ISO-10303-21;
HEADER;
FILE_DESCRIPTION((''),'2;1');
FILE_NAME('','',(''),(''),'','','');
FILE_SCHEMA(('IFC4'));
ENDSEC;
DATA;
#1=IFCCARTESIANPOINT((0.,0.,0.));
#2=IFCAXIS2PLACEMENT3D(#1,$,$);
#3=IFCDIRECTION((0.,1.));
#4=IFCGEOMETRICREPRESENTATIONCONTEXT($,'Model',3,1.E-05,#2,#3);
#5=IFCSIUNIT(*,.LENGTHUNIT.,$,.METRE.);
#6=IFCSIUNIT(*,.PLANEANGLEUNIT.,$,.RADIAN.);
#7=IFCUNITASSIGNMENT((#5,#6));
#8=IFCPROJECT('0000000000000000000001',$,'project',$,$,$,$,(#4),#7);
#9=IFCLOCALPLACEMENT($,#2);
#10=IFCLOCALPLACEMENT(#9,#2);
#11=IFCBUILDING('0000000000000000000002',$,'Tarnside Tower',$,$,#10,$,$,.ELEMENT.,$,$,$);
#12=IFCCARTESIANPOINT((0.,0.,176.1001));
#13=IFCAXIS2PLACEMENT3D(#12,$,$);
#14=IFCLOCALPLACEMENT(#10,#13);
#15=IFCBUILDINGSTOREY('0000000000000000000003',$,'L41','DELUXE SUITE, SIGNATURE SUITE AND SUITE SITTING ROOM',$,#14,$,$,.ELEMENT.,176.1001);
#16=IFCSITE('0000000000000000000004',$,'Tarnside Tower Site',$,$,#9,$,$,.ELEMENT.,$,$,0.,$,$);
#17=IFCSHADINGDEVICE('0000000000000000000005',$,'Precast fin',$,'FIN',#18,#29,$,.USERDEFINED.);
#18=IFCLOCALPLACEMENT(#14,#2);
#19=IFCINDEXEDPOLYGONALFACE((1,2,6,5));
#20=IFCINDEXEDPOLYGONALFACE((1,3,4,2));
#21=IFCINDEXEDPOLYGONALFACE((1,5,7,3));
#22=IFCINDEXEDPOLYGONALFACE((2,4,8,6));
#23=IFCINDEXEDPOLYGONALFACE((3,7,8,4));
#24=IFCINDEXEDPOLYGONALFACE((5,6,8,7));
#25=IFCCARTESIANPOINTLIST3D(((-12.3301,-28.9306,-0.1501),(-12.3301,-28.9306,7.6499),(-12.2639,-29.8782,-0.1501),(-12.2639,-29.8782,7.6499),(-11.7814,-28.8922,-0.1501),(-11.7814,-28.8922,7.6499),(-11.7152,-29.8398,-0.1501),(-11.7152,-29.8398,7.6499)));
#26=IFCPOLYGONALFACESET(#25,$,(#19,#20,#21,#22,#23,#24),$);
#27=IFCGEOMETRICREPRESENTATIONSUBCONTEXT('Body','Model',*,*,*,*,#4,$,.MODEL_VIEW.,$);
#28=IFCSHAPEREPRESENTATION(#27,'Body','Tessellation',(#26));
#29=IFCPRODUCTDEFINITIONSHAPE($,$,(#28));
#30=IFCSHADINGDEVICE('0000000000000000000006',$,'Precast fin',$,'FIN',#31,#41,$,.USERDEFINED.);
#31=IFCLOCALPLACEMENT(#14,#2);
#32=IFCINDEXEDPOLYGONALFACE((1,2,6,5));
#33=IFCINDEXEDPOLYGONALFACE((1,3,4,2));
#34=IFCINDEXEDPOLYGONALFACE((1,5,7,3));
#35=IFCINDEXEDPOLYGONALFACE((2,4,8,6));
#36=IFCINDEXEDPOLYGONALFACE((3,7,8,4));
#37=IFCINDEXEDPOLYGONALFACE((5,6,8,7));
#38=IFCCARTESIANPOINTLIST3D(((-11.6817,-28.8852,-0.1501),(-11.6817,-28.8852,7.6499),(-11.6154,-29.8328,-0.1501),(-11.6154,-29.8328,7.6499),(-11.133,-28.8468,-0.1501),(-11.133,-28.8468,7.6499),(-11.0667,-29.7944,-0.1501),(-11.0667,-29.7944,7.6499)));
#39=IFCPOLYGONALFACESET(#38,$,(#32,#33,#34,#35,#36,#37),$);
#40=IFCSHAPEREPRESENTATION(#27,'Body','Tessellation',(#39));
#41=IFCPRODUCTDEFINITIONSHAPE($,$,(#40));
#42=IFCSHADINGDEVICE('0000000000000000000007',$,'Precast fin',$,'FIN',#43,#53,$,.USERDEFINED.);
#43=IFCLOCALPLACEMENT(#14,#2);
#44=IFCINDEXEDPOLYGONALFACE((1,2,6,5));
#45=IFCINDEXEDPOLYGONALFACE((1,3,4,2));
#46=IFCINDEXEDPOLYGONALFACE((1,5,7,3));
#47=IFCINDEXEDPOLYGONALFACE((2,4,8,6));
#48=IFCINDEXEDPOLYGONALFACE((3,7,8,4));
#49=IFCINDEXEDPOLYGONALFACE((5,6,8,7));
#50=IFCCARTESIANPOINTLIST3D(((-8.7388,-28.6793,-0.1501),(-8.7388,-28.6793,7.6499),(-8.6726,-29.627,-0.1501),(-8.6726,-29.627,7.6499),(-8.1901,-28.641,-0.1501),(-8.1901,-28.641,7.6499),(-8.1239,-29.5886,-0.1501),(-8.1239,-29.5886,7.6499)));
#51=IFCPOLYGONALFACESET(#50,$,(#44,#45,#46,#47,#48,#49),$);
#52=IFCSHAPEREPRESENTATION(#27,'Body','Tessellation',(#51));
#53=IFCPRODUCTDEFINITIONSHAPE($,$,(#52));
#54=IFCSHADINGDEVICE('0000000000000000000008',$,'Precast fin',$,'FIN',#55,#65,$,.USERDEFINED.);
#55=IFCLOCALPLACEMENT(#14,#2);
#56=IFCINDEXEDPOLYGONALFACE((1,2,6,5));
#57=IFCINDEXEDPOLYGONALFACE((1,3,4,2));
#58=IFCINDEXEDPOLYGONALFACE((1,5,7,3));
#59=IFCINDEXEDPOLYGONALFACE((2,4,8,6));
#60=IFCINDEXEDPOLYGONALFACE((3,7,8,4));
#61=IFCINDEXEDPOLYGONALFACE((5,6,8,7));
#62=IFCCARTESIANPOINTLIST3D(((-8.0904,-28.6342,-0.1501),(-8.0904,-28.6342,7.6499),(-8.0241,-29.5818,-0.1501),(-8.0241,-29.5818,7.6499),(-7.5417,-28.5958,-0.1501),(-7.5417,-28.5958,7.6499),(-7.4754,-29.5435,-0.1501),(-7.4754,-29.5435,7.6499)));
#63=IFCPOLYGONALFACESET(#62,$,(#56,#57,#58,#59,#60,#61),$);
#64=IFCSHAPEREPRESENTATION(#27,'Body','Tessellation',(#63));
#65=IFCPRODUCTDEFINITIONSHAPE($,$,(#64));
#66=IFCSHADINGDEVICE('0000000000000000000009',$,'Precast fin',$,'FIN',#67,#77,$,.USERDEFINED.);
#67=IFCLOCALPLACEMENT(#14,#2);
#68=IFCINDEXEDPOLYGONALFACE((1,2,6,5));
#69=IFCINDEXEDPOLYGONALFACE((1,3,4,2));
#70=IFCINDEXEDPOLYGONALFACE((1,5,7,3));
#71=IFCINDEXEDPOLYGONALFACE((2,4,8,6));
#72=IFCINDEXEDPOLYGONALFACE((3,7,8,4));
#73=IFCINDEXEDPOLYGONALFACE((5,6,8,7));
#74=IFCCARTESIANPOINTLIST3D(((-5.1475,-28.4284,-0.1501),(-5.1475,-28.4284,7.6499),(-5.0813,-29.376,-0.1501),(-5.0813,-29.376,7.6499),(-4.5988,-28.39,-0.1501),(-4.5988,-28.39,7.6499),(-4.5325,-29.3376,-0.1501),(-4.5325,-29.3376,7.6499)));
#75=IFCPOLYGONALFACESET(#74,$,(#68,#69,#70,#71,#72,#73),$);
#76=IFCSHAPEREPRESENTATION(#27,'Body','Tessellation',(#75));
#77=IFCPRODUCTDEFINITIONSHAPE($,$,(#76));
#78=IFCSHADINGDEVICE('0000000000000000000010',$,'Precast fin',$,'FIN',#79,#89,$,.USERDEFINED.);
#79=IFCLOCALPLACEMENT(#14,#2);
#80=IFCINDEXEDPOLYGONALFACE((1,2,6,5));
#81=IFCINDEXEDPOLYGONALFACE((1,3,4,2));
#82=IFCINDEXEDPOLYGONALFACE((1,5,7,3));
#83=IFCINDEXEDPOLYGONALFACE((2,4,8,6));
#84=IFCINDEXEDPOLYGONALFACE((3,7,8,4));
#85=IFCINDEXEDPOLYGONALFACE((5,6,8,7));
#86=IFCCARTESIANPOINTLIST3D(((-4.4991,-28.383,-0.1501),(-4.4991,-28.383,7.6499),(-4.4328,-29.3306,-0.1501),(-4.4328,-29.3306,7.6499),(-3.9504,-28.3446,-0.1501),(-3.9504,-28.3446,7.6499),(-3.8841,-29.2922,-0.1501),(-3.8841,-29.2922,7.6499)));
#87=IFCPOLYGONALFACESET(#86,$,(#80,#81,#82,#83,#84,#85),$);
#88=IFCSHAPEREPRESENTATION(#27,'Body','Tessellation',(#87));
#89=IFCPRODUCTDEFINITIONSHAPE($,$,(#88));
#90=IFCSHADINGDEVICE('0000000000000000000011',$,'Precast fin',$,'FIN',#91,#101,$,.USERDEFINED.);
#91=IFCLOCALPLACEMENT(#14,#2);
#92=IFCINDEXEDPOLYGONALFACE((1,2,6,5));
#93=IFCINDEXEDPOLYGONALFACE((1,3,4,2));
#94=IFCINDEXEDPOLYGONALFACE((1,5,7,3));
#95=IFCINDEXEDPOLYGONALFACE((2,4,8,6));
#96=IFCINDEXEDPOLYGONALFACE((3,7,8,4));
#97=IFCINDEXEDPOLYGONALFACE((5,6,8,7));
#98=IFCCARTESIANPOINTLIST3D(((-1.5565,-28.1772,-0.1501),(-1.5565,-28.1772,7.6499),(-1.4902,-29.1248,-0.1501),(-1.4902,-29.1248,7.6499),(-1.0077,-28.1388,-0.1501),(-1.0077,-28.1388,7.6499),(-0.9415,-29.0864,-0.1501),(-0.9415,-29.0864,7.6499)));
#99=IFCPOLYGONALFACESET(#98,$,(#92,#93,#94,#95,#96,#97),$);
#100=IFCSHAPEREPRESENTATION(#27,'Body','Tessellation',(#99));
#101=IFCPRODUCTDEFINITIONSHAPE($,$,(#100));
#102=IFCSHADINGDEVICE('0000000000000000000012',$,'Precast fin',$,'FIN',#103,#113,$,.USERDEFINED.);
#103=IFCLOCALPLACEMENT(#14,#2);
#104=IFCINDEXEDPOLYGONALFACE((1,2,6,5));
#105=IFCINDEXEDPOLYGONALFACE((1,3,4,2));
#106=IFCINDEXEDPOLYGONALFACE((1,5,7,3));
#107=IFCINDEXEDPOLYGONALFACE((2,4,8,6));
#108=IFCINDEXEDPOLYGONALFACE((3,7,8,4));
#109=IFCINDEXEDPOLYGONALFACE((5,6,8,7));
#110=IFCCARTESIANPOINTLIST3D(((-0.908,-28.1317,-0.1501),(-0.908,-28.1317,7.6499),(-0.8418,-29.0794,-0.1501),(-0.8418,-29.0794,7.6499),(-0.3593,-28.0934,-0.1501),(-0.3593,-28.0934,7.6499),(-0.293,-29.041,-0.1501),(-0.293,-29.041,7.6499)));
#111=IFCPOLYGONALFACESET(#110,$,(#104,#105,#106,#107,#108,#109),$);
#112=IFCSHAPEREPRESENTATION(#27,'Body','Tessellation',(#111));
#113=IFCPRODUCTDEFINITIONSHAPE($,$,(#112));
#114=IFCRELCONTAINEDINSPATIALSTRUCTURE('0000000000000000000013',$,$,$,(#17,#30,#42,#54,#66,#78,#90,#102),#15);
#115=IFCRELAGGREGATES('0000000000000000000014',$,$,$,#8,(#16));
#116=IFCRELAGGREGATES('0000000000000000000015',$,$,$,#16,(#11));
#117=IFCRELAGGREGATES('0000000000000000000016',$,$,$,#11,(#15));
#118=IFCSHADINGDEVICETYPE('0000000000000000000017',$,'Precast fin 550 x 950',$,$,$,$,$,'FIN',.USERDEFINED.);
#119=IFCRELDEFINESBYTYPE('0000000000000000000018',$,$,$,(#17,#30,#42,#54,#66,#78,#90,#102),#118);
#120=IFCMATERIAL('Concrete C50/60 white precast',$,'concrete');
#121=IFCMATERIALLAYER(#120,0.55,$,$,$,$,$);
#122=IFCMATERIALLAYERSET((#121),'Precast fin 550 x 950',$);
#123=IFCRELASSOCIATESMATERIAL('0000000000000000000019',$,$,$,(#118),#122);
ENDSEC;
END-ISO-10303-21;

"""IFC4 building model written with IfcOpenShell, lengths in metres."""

from ifc_helpers import new_model, si_unit, direction, frame, origin, place, context, subcontext, project, spatial, polyline, outline, extrude, material, layer, layer_set, type_object, element, save


model = new_model("IFC4")

# Units and contexts
model_context = context("Model", 3, precision=1e-05, world=origin(), true_north=direction((0.0, 1.0)))
body_context = subcontext(model_context, "Body", "Model", "MODEL_VIEW")
ifc_project = project(units=[si_unit("LENGTHUNIT", "METRE"), si_unit("PLANEANGLEUNIT", "RADIAN")], contexts=[model_context])

# Site, building, storey
site_placement = place(None, origin())
site = spatial("IfcSite", under=ifc_project, at=site_placement, Name="Tarnside Tower Site", CompositionType="ELEMENT", RefElevation=0.0)
building_placement = place(site_placement, origin())
building = spatial("IfcBuilding", under=site, at=building_placement, Name="Tarnside Tower", CompositionType="ELEMENT")
storey_placement = place(building_placement, frame((0.0, 0.0, 176.1001)))
storey = spatial("IfcBuildingStorey", under=building, at=storey_placement, Name="L41", Description="DELUXE SUITE, SIGNATURE SUITE AND SUITE SITTING ROOM", CompositionType="ELEMENT", Elevation=176.1001)

# Shading devices
ifc_material_1 = material(Name="Concrete C50/60 white precast", Category="concrete")
ifc_layer_1 = layer(ifc_material_1, 0.55)
ifc_layer_set_1 = layer_set([ifc_layer_1], Name="Precast fin 550 x 950")
shading_device_type_1 = type_object("IfcShadingDeviceType", Name="Precast fin 550 x 950", ElementType="FIN", PredefinedType="USERDEFINED", material=ifc_layer_set_1)
for number, where, z_axis, x_axis, name in (
    (1, (-12.0557, -28.9114, -0.1501), (-0.997564, -0.069756, 0.0), (0.069756, -0.997564, 0.0), "Precast fin"),
    (2, (-11.4072, -28.866, -0.1501), (-0.997564, -0.069756, 0.0), (0.069756, -0.997564, 0.0), "Precast fin"),
    (3, (-8.4644, -28.6602, -0.1501), (-0.997564, -0.069756, 0.0), (0.069756, -0.997564, 0.0), "Precast fin"),
    (4, (-7.8159, -28.615, -0.1501), (-0.997564, -0.069756, 0.0), (0.069756, -0.997564, 0.0), "Precast fin"),
    (5, (-4.873, -28.4092, -0.1501), (-0.997564, -0.069756, 0.0), (0.069756, -0.997564, 0.0), "Precast fin"),
    (6, (-4.2246, -28.3638, -0.1501), (-0.997564, -0.069756, 0.0), (0.069756, -0.997564, 0.0), "Precast fin"),
    (7, (-1.282, -28.158, -0.1501), (-0.997564, -0.069756, 0.0), (0.069756, -0.997564, 0.0), "Precast fin"),
    (8, (-0.6335, -28.1125, -0.1501), (-0.997564, -0.069756, 0.0), (0.069756, -0.997564, 0.0), "Precast fin"),
):
    element("IfcShadingDevice", number, at=place(storey_placement, frame(where, z_axis=z_axis, x_axis=x_axis)), inside=storey, type_object=shading_device_type_1, Name=name, ObjectType="FIN", PredefinedType="USERDEFINED", context=body_context, shape_type="SweptSolid", body=[
        extrude(outline(polyline([(0.0, 0.0), (0.95, 0.0), (0.95, 7.8), (0.0, 7.8), (0.0, 0.0)])), frame((0.0, 0.0, -0.2749)), (0.0, 0.0, 1.0), 0.55),
    ])

save(model, "model.ifc")
